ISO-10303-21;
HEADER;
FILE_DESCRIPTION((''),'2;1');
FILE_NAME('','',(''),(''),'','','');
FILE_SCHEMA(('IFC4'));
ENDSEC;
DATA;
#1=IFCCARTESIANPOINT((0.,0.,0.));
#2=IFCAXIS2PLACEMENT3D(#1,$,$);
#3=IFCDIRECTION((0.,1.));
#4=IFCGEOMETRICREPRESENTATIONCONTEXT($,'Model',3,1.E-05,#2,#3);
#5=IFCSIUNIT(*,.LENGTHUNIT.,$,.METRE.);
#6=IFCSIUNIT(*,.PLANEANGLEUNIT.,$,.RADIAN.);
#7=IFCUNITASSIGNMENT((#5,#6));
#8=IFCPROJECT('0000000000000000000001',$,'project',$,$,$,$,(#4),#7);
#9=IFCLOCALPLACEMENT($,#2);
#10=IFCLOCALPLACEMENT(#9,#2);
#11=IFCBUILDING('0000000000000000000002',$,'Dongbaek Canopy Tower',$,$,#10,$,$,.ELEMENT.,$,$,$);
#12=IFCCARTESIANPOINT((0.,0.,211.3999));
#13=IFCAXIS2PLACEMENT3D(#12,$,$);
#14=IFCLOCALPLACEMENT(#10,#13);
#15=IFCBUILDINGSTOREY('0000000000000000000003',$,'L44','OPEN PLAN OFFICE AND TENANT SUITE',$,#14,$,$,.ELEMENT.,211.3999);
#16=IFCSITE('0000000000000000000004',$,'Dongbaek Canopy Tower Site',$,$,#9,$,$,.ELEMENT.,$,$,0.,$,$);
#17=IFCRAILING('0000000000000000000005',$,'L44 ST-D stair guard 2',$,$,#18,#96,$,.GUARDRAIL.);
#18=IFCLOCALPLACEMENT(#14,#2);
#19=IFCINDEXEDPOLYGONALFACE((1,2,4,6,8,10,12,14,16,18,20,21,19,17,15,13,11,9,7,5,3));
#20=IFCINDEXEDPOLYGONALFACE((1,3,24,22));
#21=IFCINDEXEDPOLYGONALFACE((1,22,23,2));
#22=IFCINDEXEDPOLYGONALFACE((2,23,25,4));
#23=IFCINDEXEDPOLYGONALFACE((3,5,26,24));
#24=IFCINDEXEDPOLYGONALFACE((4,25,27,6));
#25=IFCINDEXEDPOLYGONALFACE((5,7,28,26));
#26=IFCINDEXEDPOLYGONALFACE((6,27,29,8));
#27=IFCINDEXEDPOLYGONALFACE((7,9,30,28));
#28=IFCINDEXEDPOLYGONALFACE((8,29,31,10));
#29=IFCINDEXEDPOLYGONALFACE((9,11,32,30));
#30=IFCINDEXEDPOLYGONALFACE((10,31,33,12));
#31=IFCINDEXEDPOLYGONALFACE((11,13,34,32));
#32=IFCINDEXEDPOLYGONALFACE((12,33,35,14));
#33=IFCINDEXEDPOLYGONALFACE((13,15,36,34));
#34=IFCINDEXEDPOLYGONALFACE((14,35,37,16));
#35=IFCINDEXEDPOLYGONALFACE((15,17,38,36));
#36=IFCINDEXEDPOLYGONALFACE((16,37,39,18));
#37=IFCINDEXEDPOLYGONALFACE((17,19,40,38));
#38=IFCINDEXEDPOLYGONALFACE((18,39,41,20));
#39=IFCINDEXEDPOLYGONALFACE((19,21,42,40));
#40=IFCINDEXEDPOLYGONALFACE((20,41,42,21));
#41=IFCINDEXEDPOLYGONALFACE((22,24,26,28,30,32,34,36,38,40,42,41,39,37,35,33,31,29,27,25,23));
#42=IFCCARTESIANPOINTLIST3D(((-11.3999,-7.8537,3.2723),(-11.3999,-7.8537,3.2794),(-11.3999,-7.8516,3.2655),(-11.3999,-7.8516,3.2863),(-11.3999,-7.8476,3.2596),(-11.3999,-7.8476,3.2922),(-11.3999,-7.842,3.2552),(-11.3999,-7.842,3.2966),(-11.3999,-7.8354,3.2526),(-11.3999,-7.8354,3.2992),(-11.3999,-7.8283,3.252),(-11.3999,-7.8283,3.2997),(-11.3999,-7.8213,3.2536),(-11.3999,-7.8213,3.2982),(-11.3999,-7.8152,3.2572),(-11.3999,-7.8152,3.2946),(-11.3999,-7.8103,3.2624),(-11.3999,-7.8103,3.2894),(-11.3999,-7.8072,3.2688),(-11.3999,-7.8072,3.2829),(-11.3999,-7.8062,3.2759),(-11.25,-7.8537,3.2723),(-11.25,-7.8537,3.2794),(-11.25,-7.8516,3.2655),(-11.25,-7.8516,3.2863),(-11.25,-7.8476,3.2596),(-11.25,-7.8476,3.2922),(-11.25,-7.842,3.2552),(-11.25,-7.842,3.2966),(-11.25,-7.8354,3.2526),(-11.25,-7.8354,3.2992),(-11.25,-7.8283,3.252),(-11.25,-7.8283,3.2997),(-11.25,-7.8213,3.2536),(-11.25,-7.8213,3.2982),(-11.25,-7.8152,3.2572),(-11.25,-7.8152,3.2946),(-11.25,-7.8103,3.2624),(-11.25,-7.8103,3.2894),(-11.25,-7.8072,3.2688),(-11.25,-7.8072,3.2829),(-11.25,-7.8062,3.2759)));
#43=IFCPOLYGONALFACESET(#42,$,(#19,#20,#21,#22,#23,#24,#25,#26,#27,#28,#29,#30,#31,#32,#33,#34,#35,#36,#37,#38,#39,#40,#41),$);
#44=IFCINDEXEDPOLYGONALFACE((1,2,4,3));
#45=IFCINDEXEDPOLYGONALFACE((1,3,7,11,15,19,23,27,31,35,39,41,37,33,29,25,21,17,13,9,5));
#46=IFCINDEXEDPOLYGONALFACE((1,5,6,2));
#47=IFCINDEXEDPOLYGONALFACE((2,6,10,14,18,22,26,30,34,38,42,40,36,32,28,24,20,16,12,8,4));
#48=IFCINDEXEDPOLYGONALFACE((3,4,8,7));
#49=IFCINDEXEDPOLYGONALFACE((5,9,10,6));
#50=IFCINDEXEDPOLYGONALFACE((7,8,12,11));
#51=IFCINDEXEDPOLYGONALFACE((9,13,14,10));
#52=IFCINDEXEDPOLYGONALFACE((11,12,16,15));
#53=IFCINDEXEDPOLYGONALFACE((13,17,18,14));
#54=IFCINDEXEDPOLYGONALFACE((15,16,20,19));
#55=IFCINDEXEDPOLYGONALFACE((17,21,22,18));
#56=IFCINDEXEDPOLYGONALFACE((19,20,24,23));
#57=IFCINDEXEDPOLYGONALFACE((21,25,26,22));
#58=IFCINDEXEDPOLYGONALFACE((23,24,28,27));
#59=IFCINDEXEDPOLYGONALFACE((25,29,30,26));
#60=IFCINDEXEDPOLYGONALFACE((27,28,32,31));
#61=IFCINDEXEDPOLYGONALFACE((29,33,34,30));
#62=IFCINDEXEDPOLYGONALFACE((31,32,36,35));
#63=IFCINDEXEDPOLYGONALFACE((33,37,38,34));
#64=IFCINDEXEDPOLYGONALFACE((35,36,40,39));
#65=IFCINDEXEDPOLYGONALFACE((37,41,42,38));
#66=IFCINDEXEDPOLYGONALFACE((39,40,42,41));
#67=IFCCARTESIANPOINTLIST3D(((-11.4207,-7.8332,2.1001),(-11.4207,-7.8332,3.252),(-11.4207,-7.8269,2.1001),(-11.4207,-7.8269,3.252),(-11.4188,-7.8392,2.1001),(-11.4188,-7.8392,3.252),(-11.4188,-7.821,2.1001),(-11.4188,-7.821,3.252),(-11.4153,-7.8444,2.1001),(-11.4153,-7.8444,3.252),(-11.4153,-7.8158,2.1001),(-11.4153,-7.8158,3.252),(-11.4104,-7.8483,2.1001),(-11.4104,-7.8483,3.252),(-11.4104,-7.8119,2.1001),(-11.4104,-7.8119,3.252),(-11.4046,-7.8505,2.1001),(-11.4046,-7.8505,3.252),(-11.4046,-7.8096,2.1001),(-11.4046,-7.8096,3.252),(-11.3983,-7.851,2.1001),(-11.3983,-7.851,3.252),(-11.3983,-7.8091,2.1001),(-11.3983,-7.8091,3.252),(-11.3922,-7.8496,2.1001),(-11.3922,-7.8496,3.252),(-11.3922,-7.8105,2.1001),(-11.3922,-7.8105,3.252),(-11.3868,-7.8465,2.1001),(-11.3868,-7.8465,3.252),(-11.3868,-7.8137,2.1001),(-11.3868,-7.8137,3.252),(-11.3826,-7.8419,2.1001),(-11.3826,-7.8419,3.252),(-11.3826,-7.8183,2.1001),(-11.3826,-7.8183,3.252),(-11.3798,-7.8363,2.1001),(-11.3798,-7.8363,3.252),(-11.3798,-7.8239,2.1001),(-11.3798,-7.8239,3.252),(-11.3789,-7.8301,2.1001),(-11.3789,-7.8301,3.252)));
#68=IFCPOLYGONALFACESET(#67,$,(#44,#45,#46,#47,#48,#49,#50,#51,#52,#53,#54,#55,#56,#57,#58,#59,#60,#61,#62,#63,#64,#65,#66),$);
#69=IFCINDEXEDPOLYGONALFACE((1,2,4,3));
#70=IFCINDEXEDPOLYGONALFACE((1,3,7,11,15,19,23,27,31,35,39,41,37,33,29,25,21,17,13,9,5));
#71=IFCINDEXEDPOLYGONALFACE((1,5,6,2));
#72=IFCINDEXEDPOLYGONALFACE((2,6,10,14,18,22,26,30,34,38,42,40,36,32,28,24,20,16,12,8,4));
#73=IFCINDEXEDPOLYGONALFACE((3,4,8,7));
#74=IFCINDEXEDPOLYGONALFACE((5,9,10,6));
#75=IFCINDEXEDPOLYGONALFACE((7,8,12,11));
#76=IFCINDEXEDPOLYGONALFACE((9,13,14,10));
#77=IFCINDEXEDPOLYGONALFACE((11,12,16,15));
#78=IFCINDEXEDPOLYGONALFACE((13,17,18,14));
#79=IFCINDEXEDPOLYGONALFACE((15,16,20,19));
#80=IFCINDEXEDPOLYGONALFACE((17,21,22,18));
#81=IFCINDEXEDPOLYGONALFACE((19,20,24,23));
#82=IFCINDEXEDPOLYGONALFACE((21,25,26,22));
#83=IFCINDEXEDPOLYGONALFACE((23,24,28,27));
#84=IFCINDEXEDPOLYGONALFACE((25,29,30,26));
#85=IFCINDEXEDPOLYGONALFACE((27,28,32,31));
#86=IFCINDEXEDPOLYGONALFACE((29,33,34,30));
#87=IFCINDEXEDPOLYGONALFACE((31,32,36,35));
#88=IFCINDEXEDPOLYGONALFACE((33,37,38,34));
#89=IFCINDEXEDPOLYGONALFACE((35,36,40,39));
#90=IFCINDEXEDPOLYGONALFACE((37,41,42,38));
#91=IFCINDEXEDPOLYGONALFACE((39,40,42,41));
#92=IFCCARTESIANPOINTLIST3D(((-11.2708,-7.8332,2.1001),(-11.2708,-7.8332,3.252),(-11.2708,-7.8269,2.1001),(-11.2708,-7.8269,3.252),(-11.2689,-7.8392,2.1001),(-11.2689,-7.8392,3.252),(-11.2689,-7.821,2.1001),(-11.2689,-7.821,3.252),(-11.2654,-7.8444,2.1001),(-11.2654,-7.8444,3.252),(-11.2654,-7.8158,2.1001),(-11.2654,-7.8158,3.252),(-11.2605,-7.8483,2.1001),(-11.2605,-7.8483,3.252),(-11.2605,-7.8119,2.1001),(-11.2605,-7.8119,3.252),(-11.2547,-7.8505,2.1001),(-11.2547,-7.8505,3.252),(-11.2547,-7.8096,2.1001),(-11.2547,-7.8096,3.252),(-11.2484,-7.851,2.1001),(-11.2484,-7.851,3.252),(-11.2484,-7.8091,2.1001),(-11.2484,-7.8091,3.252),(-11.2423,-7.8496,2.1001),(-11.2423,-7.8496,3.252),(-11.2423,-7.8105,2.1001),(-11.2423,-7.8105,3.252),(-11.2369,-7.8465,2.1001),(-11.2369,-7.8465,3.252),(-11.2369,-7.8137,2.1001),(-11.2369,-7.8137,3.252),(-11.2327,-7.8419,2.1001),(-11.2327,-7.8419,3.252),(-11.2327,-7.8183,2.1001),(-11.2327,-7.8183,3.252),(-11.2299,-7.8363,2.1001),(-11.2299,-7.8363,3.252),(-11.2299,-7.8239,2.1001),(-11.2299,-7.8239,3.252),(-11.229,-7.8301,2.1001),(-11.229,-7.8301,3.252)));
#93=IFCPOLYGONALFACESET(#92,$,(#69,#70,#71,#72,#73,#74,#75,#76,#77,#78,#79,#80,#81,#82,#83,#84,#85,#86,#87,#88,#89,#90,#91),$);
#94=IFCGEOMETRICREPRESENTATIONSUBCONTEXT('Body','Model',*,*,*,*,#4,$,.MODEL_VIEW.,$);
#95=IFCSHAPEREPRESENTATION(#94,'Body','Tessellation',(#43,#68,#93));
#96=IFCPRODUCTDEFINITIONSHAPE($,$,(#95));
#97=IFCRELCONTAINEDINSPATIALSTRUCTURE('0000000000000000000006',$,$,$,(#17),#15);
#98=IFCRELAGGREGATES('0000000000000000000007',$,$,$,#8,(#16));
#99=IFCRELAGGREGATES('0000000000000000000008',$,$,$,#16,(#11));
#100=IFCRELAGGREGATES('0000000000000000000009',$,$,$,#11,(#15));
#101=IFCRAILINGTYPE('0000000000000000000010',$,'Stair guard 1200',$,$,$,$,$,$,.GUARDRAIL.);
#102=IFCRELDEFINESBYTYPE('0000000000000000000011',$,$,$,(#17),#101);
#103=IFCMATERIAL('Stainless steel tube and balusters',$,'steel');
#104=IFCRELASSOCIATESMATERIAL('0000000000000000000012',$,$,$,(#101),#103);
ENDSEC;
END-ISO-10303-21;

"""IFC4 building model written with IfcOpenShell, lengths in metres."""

from ifc_helpers import new_model, si_unit, direction, frame, origin, origin_2d, place, context, subcontext, project, spatial, circle, extrude, material, type_object, element, save


model = new_model("IFC4")

# Units and contexts
model_context = context("Model", 3, precision=1e-05, world=origin(), true_north=direction((0.0, 1.0)))
body_context = subcontext(model_context, "Body", "Model", "MODEL_VIEW")
ifc_project = project(units=[si_unit("LENGTHUNIT", "METRE"), si_unit("PLANEANGLEUNIT", "RADIAN")], contexts=[model_context])

# Site, building, storey
site_placement = place(None, origin())
site = spatial("IfcSite", under=ifc_project, at=site_placement, Name="Dongbaek Canopy Tower Site", CompositionType="ELEMENT", RefElevation=0.0)
building_placement = place(site_placement, origin())
building = spatial("IfcBuilding", under=site, at=building_placement, Name="Dongbaek Canopy Tower", CompositionType="ELEMENT")
storey_placement = place(building_placement, frame((0.0, 0.0, 211.3999)))
storey = spatial("IfcBuildingStorey", under=building, at=storey_placement, Name="L44", Description="OPEN PLAN OFFICE AND TENANT SUITE", CompositionType="ELEMENT", Elevation=211.3999)

# Railing
ifc_material_1 = material(Name="Stainless steel tube and balusters", Category="steel")
railing_type_1 = type_object("IfcRailingType", Name="Stair guard 1200", PredefinedType="GUARDRAIL", material=ifc_material_1)
railing_1_placement = place(storey_placement, frame((-11.3999, -7.8301, 2.1001)))
element("IfcRailing", 1, at=railing_1_placement, inside=storey, type_object=railing_type_1, Name="L44 ST-D stair guard 2", PredefinedType="GUARDRAIL", context=body_context, shape_type="SweptSolid", body=[
    extrude(circle(Radius=0.0239, at=origin_2d()), frame((0.0, 0.0, 1.1758), z_axis=(1.0, 0.0, 0.0), x_axis=(0.0, 1.0, 0.0)), (0.0, 0.0, 1.0), 0.1499),
    extrude(circle(Radius=0.021, at=origin_2d()), origin(), (0.0, 0.0, 1.0), 1.1519),
    extrude(circle(Radius=0.021, at=origin_2d()), frame((0.1499, 0.0, 0.0)), (0.0, 0.0, 1.0), 1.1519),
])

save(model, "model.ifc")
